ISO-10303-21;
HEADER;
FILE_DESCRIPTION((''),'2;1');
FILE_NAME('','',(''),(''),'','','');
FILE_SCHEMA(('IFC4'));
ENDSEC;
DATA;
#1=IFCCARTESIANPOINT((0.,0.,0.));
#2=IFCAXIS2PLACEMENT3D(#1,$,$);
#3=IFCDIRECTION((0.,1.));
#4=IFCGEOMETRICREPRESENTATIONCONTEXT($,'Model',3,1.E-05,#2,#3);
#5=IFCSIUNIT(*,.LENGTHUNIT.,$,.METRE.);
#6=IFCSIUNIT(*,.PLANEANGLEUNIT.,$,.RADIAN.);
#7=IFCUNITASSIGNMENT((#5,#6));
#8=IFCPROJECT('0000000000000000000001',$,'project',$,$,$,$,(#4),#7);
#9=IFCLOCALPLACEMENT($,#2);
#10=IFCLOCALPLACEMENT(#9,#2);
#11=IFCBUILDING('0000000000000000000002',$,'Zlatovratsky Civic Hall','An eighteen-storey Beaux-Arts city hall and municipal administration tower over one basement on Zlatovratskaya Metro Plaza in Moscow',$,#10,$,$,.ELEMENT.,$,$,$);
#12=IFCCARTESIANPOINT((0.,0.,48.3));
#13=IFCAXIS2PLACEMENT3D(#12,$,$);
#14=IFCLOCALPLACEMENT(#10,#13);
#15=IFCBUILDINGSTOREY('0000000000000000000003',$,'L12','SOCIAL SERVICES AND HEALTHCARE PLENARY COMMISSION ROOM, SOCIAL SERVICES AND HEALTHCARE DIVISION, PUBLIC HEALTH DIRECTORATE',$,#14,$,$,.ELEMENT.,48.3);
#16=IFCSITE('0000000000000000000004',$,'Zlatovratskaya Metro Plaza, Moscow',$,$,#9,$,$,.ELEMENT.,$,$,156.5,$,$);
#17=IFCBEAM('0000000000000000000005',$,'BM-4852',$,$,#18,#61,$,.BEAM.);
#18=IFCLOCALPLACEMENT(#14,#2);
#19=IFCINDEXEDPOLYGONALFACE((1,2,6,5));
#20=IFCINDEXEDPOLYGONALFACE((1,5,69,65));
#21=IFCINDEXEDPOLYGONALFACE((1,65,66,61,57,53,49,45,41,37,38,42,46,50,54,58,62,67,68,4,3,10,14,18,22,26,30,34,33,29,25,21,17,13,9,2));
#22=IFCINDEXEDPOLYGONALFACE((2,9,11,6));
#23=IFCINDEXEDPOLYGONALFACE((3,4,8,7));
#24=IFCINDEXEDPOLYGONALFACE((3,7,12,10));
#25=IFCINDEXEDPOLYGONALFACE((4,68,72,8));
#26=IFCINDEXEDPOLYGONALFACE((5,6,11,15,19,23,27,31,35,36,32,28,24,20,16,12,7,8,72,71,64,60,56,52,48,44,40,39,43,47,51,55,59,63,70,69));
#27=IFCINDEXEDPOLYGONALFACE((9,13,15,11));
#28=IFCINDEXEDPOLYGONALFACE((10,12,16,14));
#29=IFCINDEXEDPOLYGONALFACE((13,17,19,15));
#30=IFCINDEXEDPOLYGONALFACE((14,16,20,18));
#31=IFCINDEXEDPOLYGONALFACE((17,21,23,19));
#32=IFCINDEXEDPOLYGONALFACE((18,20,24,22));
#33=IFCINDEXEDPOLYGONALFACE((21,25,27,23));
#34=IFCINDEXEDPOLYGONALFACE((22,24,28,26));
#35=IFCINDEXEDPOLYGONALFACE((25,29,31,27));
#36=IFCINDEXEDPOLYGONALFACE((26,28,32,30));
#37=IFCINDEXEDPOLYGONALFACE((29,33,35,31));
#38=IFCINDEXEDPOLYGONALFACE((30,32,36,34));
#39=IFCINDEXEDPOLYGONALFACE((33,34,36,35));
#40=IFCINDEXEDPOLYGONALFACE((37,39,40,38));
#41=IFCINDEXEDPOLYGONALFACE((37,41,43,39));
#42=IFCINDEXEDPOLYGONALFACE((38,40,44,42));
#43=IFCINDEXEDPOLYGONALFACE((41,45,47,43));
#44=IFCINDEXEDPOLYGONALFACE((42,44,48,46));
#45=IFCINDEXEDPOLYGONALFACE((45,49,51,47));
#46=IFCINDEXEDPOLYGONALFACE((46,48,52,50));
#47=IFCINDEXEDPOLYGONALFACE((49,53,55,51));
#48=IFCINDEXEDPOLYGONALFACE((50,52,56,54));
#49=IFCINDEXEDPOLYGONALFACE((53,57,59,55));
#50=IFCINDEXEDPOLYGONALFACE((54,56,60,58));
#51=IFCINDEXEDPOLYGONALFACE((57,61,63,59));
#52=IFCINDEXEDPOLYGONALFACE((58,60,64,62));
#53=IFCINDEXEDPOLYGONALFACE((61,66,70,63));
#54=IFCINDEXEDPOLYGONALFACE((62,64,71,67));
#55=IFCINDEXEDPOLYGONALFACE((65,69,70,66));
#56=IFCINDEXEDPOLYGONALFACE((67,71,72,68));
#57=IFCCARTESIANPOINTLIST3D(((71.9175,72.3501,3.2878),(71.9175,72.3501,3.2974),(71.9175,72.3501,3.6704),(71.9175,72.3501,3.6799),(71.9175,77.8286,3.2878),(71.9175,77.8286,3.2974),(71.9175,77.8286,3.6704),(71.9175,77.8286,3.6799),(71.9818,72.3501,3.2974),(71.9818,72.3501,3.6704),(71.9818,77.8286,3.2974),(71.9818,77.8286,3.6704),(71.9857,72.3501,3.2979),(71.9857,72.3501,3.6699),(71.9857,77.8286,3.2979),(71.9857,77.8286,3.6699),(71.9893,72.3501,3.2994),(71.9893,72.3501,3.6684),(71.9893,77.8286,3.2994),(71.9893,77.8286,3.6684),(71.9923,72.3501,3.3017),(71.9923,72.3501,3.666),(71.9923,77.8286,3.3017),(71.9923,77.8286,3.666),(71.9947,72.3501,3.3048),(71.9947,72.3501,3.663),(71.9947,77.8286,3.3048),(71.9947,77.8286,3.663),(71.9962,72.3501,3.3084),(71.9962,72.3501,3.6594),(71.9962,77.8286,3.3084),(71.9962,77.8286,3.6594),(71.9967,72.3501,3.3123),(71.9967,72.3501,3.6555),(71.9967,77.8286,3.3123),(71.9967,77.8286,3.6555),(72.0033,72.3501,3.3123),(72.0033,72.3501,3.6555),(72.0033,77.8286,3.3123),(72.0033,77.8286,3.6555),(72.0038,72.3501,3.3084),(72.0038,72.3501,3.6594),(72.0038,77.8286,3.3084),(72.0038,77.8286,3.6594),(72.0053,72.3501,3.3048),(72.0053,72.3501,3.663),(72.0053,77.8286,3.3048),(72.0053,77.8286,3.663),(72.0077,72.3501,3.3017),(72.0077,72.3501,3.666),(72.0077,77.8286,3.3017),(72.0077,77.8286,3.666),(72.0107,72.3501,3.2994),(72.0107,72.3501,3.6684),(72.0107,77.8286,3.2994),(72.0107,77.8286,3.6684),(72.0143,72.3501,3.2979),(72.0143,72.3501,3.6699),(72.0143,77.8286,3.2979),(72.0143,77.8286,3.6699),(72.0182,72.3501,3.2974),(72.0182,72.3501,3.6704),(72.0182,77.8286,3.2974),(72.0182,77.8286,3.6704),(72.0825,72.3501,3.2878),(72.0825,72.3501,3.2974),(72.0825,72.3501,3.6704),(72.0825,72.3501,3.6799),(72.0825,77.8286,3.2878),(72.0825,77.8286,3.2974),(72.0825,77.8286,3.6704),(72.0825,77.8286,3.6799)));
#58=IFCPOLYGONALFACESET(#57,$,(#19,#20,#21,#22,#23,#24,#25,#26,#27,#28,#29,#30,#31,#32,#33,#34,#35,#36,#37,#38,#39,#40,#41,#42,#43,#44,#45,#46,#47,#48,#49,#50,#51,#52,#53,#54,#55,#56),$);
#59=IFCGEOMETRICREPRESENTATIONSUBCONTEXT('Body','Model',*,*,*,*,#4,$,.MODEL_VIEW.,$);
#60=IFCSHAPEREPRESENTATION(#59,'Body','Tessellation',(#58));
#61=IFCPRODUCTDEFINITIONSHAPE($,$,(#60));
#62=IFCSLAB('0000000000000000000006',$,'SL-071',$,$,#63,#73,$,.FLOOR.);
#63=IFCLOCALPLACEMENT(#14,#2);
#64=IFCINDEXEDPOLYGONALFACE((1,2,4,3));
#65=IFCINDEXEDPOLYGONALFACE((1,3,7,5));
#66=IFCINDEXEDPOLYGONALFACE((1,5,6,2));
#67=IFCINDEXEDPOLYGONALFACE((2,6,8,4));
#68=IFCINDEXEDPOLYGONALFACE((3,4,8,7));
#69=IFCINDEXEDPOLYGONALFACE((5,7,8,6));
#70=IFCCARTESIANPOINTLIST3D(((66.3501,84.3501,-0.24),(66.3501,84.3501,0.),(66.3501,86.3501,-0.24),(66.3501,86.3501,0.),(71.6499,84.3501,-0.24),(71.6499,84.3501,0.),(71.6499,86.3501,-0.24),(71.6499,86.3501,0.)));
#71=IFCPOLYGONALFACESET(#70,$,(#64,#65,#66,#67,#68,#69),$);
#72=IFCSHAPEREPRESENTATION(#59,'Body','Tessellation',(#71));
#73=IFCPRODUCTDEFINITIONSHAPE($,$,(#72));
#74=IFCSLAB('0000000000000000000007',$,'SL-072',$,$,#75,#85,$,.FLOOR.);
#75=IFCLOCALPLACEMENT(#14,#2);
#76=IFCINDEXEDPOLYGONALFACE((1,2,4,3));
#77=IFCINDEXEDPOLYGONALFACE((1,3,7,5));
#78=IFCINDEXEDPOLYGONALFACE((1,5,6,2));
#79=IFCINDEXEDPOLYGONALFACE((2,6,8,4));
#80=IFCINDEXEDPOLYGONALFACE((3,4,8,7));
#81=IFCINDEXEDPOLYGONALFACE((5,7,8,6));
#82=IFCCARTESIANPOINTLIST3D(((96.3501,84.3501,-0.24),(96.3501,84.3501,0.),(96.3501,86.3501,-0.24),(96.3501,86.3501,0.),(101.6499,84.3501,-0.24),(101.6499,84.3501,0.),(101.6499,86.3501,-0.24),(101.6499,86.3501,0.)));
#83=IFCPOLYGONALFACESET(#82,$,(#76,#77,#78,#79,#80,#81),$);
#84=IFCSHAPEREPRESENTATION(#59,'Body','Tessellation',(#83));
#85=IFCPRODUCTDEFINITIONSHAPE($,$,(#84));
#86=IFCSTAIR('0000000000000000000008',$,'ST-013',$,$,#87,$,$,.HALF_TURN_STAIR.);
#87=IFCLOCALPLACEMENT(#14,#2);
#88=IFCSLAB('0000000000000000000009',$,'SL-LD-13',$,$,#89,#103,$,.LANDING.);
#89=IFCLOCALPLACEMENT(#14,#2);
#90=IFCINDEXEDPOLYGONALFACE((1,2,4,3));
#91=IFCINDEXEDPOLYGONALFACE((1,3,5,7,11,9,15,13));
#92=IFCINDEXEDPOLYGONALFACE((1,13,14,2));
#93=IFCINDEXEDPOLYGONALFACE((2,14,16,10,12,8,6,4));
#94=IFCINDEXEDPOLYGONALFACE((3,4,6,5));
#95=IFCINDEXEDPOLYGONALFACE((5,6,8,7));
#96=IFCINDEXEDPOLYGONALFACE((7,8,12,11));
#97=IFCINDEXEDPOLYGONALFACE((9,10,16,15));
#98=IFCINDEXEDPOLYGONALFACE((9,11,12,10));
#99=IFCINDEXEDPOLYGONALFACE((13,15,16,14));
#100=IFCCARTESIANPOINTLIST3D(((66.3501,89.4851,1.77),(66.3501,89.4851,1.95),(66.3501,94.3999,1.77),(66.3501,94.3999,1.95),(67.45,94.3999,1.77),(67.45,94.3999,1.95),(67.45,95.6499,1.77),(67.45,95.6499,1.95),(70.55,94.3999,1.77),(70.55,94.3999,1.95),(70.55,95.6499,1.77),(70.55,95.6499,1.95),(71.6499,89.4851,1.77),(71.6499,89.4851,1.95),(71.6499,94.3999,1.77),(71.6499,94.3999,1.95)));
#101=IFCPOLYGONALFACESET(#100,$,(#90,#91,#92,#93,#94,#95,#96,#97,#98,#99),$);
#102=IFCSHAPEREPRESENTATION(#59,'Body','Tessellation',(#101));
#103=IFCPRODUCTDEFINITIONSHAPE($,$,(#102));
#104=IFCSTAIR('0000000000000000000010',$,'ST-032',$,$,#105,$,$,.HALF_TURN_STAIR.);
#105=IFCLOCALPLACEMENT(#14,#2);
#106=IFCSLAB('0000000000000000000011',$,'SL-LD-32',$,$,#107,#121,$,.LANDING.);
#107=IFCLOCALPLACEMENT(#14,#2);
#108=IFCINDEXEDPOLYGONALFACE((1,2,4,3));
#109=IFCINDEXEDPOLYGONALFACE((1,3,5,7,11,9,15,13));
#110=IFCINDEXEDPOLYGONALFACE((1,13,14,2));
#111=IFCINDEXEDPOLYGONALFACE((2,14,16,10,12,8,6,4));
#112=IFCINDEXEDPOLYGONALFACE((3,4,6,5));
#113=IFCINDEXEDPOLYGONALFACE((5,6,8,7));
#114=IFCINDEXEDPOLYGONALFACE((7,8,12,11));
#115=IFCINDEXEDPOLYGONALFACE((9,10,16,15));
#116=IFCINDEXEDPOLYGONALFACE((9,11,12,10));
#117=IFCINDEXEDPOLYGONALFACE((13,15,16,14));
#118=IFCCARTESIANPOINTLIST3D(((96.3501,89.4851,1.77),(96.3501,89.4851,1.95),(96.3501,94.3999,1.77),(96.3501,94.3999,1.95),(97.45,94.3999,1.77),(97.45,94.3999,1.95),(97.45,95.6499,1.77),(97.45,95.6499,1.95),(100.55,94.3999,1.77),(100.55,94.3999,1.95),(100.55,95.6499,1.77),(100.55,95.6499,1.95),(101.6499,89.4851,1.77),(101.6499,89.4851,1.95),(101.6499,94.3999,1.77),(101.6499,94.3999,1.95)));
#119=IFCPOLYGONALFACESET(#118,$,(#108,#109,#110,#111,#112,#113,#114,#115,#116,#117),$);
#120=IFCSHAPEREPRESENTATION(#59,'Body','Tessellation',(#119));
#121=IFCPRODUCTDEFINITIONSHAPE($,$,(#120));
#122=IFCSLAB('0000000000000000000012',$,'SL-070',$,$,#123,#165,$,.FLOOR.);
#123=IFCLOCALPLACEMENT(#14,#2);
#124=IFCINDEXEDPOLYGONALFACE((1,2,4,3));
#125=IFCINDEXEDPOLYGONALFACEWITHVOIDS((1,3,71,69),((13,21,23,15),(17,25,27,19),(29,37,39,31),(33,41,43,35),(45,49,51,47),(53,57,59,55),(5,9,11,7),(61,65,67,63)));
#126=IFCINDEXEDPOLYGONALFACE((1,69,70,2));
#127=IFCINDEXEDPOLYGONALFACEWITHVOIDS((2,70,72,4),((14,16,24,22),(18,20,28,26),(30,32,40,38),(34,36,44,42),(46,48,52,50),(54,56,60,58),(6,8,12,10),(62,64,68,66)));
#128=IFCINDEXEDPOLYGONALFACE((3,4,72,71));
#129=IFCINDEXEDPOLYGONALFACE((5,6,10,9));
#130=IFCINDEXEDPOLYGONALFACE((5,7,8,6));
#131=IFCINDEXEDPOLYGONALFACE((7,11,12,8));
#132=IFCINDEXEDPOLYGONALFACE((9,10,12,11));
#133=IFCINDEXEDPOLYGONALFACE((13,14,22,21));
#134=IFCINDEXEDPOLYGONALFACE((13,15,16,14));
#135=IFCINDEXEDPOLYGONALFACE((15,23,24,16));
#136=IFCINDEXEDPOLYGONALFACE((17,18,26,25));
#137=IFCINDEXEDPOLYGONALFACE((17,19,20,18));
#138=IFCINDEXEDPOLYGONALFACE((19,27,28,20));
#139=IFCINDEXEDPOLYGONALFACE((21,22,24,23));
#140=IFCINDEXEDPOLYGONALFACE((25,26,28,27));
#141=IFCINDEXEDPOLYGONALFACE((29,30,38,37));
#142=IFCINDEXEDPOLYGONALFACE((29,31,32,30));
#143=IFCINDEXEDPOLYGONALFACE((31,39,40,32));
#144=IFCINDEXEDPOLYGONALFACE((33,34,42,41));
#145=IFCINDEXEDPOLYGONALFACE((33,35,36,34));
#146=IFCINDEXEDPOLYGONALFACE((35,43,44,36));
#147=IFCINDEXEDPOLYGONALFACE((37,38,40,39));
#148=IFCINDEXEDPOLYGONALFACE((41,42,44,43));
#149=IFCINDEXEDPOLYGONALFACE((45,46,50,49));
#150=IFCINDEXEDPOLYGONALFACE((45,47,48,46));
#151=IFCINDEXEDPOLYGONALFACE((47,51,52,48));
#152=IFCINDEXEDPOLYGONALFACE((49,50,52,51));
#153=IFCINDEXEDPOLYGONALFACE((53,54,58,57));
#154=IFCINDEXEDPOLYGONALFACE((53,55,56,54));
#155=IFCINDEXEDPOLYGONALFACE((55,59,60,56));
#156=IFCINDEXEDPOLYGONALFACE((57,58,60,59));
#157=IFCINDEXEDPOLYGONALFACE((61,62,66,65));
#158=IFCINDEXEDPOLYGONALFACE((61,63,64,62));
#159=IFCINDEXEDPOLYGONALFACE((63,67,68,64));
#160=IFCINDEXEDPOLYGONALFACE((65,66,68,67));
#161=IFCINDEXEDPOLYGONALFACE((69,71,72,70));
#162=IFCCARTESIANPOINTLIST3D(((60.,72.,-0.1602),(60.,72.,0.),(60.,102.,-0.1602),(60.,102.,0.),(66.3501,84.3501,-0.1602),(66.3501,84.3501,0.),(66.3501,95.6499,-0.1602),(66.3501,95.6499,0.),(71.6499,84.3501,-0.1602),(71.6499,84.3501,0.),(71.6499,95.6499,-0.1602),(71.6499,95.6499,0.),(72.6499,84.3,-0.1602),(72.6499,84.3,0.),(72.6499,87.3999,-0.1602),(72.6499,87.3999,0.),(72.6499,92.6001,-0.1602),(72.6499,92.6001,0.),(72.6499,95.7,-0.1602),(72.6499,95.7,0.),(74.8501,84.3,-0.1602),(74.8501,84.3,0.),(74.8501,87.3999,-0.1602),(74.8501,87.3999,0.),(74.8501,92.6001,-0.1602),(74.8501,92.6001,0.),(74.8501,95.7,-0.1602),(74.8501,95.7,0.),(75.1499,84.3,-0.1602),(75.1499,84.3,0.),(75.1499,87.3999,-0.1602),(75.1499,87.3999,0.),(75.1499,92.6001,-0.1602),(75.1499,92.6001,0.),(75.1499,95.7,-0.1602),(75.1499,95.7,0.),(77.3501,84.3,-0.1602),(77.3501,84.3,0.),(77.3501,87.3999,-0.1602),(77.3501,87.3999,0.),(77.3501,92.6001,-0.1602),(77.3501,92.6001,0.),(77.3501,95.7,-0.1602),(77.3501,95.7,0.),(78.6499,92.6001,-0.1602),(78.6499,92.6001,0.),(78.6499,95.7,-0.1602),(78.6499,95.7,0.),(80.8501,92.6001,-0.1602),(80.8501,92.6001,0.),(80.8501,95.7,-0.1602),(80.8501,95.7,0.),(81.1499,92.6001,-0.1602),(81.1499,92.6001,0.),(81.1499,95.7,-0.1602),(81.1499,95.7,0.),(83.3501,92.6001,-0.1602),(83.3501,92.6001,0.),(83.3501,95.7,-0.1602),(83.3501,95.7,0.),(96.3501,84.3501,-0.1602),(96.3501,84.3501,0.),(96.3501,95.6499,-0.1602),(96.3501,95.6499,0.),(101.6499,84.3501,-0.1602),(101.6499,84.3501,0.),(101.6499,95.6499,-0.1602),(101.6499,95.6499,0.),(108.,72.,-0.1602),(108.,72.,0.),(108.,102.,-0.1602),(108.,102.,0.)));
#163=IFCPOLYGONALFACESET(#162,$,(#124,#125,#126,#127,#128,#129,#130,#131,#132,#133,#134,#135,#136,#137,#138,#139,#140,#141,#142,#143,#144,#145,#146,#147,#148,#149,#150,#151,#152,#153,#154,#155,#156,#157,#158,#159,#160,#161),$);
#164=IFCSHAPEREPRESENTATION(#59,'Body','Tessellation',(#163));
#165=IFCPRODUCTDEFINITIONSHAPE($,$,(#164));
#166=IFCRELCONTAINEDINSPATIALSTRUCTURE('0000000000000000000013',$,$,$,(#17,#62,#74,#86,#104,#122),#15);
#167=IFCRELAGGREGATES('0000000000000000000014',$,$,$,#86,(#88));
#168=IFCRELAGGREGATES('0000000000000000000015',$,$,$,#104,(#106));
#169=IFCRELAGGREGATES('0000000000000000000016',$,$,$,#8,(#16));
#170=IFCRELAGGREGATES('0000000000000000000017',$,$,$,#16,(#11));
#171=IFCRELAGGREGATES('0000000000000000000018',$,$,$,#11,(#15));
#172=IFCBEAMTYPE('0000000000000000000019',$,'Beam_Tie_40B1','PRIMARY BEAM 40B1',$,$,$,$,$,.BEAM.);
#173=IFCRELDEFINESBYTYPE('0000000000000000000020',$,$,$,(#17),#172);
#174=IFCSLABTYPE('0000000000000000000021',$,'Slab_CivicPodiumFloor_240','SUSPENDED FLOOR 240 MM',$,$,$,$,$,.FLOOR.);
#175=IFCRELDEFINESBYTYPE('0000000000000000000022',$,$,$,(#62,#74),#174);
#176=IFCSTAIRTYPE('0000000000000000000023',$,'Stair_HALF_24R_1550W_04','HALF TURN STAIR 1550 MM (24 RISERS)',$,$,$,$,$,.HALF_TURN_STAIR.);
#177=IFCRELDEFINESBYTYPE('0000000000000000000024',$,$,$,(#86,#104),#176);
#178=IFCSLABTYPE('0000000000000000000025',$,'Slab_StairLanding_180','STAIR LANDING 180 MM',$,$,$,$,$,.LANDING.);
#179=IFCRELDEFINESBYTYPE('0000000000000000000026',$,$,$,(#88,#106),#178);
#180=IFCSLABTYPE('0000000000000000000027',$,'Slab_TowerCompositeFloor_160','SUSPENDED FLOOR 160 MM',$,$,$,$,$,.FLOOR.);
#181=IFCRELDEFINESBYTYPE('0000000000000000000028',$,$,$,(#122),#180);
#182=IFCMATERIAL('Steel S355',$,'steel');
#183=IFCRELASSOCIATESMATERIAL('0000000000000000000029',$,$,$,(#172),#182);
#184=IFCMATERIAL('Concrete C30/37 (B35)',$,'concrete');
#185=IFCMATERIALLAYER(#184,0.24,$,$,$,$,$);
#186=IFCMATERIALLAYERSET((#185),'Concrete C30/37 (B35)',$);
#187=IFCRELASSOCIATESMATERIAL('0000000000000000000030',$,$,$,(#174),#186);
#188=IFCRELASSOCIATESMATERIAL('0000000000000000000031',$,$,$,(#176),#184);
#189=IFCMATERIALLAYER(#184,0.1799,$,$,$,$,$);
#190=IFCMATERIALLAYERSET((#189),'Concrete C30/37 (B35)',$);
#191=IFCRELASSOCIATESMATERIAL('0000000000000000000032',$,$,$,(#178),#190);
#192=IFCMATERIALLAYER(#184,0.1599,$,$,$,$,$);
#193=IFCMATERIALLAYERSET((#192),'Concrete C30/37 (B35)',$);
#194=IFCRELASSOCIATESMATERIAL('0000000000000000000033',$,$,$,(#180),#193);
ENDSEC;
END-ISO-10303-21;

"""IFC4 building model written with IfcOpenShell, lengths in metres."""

from ifc_helpers import new_model, si_unit, direction, frame, origin, origin_2d, place, context, subcontext, project, spatial, polyline, i_section, outline, extrude, material, layer, layer_set, material_profile, profile_set, type_object, element, aggregate, save


model = new_model("IFC4")

# Units and contexts
model_context = context("Model", 3, precision=1e-05, world=origin(), true_north=direction((0.0, 1.0)))
body_context = subcontext(model_context, "Body", "Model", "MODEL_VIEW")
ifc_project = project(units=[si_unit("LENGTHUNIT", "METRE"), si_unit("PLANEANGLEUNIT", "RADIAN")], contexts=[model_context])

# Site, building, storey
site_placement = place(None, origin())
site = spatial("IfcSite", under=ifc_project, at=site_placement, Name="Zlatovratskaya Metro Plaza, Moscow", CompositionType="ELEMENT", RefElevation=156.5)
building_placement = place(site_placement, origin())
building = spatial("IfcBuilding", under=site, at=building_placement, Name="Zlatovratsky Civic Hall", Description="An eighteen-storey Beaux-Arts city hall and municipal administration tower over one basement on Zlatovratskaya Metro Plaza in Moscow", CompositionType="ELEMENT")
storey_placement = place(building_placement, frame((0.0, 0.0, 48.3)))
storey = spatial("IfcBuildingStorey", under=building, at=storey_placement, Name="L12", Description="SOCIAL SERVICES AND HEALTHCARE PLENARY COMMISSION ROOM, SOCIAL SERVICES AND HEALTHCARE DIVISION, PUBLIC HEALTH DIRECTORATE", CompositionType="ELEMENT", Elevation=48.3)

# Shared definitions
ifc_material_1 = material(Name="Steel S355", Category="steel")

# Beam
ifc_material_profile_1 = material_profile(ifc_material_1, i_section(OverallWidth=0.165, OverallDepth=0.3921, WebThickness=0.0066, FlangeThickness=0.0095, FilletRadius=0.0149, at=origin_2d()), Name="40B1")
ifc_profile_set_1 = profile_set([ifc_material_profile_1], Name="Steel S355")
beam_type_1 = type_object("IfcBeamType", Name="Beam_Tie_40B1", Description="PRIMARY BEAM 40B1", PredefinedType="BEAM", material=ifc_profile_set_1)
for number, where, z_axis, x_axis, name in (
    (1, (72.0, 72.3501, 3.4839), (0.0, 1.0, 0.0), (-1.0, 0.0, 0.0), "BM-4852"),
):
    element("IfcBeam", number, at=place(storey_placement, frame(where, z_axis=z_axis, x_axis=x_axis)), inside=storey, type_object=beam_type_1, Name=name, PredefinedType="BEAM", context=body_context, shape_type="SweptSolid", body=[
        extrude(i_section(OverallWidth=0.165, OverallDepth=0.3921, WebThickness=0.0066, FlangeThickness=0.0095, FilletRadius=0.0149, at=origin_2d()), origin(), (0.0, 0.0, 1.0), 5.4785),
    ])

# Slabs
ifc_material_2 = material(Name="Concrete C30/37 (B35)", Category="concrete")
ifc_layer_1 = layer(ifc_material_2, 0.24)
ifc_layer_set_1 = layer_set([ifc_layer_1], Name="Concrete C30/37 (B35)")
slab_type_1 = type_object("IfcSlabType", Name="Slab_CivicPodiumFloor_240", Description="SUSPENDED FLOOR 240 MM", PredefinedType="FLOOR", material=ifc_layer_set_1)
slab_1_placement = place(storey_placement, frame((0.0, 0.0, -0.24)))
element("IfcSlab", 2, at=slab_1_placement, inside=storey, type_object=slab_type_1, Name="SL-071", PredefinedType="FLOOR", context=body_context, shape_type="SweptSolid", body=[
    extrude(outline(polyline([(66.3501, 84.3501), (71.6499, 84.3501), (71.6499, 86.3501), (66.3501, 86.3501), (66.3501, 84.3501)])), origin(), (0.0, 0.0, 1.0), 0.24),
])
slab_2_placement = place(storey_placement, frame((0.0, 0.0, -0.24)))
element("IfcSlab", 3, at=slab_2_placement, inside=storey, type_object=slab_type_1, Name="SL-072", PredefinedType="FLOOR", context=body_context, shape_type="SweptSolid", body=[
    extrude(outline(polyline([(96.3501, 84.3501), (101.6499, 84.3501), (101.6499, 86.3501), (96.3501, 86.3501), (96.3501, 84.3501)])), origin(), (0.0, 0.0, 1.0), 0.24),
])

# Stairs, slabs
stair_type = type_object("IfcStairType", Name="Stair_HALF_24R_1550W_04", Description="HALF TURN STAIR 1550 MM (24 RISERS)", PredefinedType="HALF_TURN_STAIR", material=ifc_material_2)
stair_1_placement = place(storey_placement, origin())
stair_1 = element("IfcStair", 4, at=stair_1_placement, inside=storey, type_object=stair_type, Name="ST-013", PredefinedType="HALF_TURN_STAIR")
ifc_layer_2 = layer(ifc_material_2, 0.1799)
ifc_layer_set_2 = layer_set([ifc_layer_2], Name="Concrete C30/37 (B35)")
slab_type_2 = type_object("IfcSlabType", Name="Slab_StairLanding_180", Description="STAIR LANDING 180 MM", PredefinedType="LANDING", material=ifc_layer_set_2)
slab_3_placement = place(storey_placement, frame((0.0, 0.0, 1.77)))
slab_3 = element("IfcSlab", 5, at=slab_3_placement, type_object=slab_type_2, Name="SL-LD-13", PredefinedType="LANDING", context=body_context, shape_type="SweptSolid", body=[
    extrude(outline(polyline([(66.3501, 89.4851), (71.6499, 89.4851), (71.6499, 94.3999), (70.55, 94.3999), (70.55, 95.6499), (67.45, 95.6499), (67.45, 94.3999), (66.3501, 94.3999), (66.3501, 89.4851)])), origin(), (0.0, 0.0, 1.0), 0.1799),
])
aggregate(stair_1, [slab_3])
stair_2_placement = place(storey_placement, origin())
stair_2 = element("IfcStair", 6, at=stair_2_placement, inside=storey, type_object=stair_type, Name="ST-032", PredefinedType="HALF_TURN_STAIR")
slab_4_placement = place(storey_placement, frame((0.0, 0.0, 1.77)))
slab_4 = element("IfcSlab", 7, at=slab_4_placement, type_object=slab_type_2, Name="SL-LD-32", PredefinedType="LANDING", context=body_context, shape_type="SweptSolid", body=[
    extrude(outline(polyline([(96.3501, 89.4851), (101.6499, 89.4851), (101.6499, 94.3999), (100.55, 94.3999), (100.55, 95.6499), (97.45, 95.6499), (97.45, 94.3999), (96.3501, 94.3999), (96.3501, 89.4851)])), origin(), (0.0, 0.0, 1.0), 0.1799),
])
aggregate(stair_2, [slab_4])

# Slab
ifc_layer_3 = layer(ifc_material_2, 0.1599)
ifc_layer_set_3 = layer_set([ifc_layer_3], Name="Concrete C30/37 (B35)")
slab_type_3 = type_object("IfcSlabType", Name="Slab_TowerCompositeFloor_160", Description="SUSPENDED FLOOR 160 MM", PredefinedType="FLOOR", material=ifc_layer_set_3)
slab_5_placement = place(storey_placement, frame((0.0, 0.0, -0.1602)))
element("IfcSlab", 8, at=slab_5_placement, inside=storey, type_object=slab_type_3, Name="SL-070", PredefinedType="FLOOR", context=body_context, shape_type="SweptSolid", body=[
    extrude(outline(polyline([(60.0, 72.0), (108.0, 72.0), (108.0, 102.0), (60.0, 102.0), (60.0, 72.0)]), holes=[polyline([(66.3501, 84.3501), (71.6499, 84.3501), (71.6499, 95.6499), (66.3501, 95.6499), (66.3501, 84.3501)]), polyline([(96.3501, 84.3501), (101.6499, 84.3501), (101.6499, 95.6499), (96.3501, 95.6499), (96.3501, 84.3501)]), polyline([(72.6499, 84.3), (74.8501, 84.3), (74.8501, 87.3999), (72.6499, 87.3999), (72.6499, 84.3)]), polyline([(75.1499, 84.3), (77.3501, 84.3), (77.3501, 87.3999), (75.1499, 87.3999), (75.1499, 84.3)]), polyline([(72.6499, 92.6001), (74.8501, 92.6001), (74.8501, 95.7), (72.6499, 95.7), (72.6499, 92.6001)]), polyline([(75.1499, 92.6001), (77.3501, 92.6001), (77.3501, 95.7), (75.1499, 95.7), (75.1499, 92.6001)]), polyline([(78.6499, 92.6001), (80.8501, 92.6001), (80.8501, 95.7), (78.6499, 95.7), (78.6499, 92.6001)]), polyline([(81.1499, 92.6001), (83.3501, 92.6001), (83.3501, 95.7), (81.1499, 95.7), (81.1499, 92.6001)])]), origin(), (0.0, 0.0, 1.0), 0.1602),
])

save(model, "model.ifc")
